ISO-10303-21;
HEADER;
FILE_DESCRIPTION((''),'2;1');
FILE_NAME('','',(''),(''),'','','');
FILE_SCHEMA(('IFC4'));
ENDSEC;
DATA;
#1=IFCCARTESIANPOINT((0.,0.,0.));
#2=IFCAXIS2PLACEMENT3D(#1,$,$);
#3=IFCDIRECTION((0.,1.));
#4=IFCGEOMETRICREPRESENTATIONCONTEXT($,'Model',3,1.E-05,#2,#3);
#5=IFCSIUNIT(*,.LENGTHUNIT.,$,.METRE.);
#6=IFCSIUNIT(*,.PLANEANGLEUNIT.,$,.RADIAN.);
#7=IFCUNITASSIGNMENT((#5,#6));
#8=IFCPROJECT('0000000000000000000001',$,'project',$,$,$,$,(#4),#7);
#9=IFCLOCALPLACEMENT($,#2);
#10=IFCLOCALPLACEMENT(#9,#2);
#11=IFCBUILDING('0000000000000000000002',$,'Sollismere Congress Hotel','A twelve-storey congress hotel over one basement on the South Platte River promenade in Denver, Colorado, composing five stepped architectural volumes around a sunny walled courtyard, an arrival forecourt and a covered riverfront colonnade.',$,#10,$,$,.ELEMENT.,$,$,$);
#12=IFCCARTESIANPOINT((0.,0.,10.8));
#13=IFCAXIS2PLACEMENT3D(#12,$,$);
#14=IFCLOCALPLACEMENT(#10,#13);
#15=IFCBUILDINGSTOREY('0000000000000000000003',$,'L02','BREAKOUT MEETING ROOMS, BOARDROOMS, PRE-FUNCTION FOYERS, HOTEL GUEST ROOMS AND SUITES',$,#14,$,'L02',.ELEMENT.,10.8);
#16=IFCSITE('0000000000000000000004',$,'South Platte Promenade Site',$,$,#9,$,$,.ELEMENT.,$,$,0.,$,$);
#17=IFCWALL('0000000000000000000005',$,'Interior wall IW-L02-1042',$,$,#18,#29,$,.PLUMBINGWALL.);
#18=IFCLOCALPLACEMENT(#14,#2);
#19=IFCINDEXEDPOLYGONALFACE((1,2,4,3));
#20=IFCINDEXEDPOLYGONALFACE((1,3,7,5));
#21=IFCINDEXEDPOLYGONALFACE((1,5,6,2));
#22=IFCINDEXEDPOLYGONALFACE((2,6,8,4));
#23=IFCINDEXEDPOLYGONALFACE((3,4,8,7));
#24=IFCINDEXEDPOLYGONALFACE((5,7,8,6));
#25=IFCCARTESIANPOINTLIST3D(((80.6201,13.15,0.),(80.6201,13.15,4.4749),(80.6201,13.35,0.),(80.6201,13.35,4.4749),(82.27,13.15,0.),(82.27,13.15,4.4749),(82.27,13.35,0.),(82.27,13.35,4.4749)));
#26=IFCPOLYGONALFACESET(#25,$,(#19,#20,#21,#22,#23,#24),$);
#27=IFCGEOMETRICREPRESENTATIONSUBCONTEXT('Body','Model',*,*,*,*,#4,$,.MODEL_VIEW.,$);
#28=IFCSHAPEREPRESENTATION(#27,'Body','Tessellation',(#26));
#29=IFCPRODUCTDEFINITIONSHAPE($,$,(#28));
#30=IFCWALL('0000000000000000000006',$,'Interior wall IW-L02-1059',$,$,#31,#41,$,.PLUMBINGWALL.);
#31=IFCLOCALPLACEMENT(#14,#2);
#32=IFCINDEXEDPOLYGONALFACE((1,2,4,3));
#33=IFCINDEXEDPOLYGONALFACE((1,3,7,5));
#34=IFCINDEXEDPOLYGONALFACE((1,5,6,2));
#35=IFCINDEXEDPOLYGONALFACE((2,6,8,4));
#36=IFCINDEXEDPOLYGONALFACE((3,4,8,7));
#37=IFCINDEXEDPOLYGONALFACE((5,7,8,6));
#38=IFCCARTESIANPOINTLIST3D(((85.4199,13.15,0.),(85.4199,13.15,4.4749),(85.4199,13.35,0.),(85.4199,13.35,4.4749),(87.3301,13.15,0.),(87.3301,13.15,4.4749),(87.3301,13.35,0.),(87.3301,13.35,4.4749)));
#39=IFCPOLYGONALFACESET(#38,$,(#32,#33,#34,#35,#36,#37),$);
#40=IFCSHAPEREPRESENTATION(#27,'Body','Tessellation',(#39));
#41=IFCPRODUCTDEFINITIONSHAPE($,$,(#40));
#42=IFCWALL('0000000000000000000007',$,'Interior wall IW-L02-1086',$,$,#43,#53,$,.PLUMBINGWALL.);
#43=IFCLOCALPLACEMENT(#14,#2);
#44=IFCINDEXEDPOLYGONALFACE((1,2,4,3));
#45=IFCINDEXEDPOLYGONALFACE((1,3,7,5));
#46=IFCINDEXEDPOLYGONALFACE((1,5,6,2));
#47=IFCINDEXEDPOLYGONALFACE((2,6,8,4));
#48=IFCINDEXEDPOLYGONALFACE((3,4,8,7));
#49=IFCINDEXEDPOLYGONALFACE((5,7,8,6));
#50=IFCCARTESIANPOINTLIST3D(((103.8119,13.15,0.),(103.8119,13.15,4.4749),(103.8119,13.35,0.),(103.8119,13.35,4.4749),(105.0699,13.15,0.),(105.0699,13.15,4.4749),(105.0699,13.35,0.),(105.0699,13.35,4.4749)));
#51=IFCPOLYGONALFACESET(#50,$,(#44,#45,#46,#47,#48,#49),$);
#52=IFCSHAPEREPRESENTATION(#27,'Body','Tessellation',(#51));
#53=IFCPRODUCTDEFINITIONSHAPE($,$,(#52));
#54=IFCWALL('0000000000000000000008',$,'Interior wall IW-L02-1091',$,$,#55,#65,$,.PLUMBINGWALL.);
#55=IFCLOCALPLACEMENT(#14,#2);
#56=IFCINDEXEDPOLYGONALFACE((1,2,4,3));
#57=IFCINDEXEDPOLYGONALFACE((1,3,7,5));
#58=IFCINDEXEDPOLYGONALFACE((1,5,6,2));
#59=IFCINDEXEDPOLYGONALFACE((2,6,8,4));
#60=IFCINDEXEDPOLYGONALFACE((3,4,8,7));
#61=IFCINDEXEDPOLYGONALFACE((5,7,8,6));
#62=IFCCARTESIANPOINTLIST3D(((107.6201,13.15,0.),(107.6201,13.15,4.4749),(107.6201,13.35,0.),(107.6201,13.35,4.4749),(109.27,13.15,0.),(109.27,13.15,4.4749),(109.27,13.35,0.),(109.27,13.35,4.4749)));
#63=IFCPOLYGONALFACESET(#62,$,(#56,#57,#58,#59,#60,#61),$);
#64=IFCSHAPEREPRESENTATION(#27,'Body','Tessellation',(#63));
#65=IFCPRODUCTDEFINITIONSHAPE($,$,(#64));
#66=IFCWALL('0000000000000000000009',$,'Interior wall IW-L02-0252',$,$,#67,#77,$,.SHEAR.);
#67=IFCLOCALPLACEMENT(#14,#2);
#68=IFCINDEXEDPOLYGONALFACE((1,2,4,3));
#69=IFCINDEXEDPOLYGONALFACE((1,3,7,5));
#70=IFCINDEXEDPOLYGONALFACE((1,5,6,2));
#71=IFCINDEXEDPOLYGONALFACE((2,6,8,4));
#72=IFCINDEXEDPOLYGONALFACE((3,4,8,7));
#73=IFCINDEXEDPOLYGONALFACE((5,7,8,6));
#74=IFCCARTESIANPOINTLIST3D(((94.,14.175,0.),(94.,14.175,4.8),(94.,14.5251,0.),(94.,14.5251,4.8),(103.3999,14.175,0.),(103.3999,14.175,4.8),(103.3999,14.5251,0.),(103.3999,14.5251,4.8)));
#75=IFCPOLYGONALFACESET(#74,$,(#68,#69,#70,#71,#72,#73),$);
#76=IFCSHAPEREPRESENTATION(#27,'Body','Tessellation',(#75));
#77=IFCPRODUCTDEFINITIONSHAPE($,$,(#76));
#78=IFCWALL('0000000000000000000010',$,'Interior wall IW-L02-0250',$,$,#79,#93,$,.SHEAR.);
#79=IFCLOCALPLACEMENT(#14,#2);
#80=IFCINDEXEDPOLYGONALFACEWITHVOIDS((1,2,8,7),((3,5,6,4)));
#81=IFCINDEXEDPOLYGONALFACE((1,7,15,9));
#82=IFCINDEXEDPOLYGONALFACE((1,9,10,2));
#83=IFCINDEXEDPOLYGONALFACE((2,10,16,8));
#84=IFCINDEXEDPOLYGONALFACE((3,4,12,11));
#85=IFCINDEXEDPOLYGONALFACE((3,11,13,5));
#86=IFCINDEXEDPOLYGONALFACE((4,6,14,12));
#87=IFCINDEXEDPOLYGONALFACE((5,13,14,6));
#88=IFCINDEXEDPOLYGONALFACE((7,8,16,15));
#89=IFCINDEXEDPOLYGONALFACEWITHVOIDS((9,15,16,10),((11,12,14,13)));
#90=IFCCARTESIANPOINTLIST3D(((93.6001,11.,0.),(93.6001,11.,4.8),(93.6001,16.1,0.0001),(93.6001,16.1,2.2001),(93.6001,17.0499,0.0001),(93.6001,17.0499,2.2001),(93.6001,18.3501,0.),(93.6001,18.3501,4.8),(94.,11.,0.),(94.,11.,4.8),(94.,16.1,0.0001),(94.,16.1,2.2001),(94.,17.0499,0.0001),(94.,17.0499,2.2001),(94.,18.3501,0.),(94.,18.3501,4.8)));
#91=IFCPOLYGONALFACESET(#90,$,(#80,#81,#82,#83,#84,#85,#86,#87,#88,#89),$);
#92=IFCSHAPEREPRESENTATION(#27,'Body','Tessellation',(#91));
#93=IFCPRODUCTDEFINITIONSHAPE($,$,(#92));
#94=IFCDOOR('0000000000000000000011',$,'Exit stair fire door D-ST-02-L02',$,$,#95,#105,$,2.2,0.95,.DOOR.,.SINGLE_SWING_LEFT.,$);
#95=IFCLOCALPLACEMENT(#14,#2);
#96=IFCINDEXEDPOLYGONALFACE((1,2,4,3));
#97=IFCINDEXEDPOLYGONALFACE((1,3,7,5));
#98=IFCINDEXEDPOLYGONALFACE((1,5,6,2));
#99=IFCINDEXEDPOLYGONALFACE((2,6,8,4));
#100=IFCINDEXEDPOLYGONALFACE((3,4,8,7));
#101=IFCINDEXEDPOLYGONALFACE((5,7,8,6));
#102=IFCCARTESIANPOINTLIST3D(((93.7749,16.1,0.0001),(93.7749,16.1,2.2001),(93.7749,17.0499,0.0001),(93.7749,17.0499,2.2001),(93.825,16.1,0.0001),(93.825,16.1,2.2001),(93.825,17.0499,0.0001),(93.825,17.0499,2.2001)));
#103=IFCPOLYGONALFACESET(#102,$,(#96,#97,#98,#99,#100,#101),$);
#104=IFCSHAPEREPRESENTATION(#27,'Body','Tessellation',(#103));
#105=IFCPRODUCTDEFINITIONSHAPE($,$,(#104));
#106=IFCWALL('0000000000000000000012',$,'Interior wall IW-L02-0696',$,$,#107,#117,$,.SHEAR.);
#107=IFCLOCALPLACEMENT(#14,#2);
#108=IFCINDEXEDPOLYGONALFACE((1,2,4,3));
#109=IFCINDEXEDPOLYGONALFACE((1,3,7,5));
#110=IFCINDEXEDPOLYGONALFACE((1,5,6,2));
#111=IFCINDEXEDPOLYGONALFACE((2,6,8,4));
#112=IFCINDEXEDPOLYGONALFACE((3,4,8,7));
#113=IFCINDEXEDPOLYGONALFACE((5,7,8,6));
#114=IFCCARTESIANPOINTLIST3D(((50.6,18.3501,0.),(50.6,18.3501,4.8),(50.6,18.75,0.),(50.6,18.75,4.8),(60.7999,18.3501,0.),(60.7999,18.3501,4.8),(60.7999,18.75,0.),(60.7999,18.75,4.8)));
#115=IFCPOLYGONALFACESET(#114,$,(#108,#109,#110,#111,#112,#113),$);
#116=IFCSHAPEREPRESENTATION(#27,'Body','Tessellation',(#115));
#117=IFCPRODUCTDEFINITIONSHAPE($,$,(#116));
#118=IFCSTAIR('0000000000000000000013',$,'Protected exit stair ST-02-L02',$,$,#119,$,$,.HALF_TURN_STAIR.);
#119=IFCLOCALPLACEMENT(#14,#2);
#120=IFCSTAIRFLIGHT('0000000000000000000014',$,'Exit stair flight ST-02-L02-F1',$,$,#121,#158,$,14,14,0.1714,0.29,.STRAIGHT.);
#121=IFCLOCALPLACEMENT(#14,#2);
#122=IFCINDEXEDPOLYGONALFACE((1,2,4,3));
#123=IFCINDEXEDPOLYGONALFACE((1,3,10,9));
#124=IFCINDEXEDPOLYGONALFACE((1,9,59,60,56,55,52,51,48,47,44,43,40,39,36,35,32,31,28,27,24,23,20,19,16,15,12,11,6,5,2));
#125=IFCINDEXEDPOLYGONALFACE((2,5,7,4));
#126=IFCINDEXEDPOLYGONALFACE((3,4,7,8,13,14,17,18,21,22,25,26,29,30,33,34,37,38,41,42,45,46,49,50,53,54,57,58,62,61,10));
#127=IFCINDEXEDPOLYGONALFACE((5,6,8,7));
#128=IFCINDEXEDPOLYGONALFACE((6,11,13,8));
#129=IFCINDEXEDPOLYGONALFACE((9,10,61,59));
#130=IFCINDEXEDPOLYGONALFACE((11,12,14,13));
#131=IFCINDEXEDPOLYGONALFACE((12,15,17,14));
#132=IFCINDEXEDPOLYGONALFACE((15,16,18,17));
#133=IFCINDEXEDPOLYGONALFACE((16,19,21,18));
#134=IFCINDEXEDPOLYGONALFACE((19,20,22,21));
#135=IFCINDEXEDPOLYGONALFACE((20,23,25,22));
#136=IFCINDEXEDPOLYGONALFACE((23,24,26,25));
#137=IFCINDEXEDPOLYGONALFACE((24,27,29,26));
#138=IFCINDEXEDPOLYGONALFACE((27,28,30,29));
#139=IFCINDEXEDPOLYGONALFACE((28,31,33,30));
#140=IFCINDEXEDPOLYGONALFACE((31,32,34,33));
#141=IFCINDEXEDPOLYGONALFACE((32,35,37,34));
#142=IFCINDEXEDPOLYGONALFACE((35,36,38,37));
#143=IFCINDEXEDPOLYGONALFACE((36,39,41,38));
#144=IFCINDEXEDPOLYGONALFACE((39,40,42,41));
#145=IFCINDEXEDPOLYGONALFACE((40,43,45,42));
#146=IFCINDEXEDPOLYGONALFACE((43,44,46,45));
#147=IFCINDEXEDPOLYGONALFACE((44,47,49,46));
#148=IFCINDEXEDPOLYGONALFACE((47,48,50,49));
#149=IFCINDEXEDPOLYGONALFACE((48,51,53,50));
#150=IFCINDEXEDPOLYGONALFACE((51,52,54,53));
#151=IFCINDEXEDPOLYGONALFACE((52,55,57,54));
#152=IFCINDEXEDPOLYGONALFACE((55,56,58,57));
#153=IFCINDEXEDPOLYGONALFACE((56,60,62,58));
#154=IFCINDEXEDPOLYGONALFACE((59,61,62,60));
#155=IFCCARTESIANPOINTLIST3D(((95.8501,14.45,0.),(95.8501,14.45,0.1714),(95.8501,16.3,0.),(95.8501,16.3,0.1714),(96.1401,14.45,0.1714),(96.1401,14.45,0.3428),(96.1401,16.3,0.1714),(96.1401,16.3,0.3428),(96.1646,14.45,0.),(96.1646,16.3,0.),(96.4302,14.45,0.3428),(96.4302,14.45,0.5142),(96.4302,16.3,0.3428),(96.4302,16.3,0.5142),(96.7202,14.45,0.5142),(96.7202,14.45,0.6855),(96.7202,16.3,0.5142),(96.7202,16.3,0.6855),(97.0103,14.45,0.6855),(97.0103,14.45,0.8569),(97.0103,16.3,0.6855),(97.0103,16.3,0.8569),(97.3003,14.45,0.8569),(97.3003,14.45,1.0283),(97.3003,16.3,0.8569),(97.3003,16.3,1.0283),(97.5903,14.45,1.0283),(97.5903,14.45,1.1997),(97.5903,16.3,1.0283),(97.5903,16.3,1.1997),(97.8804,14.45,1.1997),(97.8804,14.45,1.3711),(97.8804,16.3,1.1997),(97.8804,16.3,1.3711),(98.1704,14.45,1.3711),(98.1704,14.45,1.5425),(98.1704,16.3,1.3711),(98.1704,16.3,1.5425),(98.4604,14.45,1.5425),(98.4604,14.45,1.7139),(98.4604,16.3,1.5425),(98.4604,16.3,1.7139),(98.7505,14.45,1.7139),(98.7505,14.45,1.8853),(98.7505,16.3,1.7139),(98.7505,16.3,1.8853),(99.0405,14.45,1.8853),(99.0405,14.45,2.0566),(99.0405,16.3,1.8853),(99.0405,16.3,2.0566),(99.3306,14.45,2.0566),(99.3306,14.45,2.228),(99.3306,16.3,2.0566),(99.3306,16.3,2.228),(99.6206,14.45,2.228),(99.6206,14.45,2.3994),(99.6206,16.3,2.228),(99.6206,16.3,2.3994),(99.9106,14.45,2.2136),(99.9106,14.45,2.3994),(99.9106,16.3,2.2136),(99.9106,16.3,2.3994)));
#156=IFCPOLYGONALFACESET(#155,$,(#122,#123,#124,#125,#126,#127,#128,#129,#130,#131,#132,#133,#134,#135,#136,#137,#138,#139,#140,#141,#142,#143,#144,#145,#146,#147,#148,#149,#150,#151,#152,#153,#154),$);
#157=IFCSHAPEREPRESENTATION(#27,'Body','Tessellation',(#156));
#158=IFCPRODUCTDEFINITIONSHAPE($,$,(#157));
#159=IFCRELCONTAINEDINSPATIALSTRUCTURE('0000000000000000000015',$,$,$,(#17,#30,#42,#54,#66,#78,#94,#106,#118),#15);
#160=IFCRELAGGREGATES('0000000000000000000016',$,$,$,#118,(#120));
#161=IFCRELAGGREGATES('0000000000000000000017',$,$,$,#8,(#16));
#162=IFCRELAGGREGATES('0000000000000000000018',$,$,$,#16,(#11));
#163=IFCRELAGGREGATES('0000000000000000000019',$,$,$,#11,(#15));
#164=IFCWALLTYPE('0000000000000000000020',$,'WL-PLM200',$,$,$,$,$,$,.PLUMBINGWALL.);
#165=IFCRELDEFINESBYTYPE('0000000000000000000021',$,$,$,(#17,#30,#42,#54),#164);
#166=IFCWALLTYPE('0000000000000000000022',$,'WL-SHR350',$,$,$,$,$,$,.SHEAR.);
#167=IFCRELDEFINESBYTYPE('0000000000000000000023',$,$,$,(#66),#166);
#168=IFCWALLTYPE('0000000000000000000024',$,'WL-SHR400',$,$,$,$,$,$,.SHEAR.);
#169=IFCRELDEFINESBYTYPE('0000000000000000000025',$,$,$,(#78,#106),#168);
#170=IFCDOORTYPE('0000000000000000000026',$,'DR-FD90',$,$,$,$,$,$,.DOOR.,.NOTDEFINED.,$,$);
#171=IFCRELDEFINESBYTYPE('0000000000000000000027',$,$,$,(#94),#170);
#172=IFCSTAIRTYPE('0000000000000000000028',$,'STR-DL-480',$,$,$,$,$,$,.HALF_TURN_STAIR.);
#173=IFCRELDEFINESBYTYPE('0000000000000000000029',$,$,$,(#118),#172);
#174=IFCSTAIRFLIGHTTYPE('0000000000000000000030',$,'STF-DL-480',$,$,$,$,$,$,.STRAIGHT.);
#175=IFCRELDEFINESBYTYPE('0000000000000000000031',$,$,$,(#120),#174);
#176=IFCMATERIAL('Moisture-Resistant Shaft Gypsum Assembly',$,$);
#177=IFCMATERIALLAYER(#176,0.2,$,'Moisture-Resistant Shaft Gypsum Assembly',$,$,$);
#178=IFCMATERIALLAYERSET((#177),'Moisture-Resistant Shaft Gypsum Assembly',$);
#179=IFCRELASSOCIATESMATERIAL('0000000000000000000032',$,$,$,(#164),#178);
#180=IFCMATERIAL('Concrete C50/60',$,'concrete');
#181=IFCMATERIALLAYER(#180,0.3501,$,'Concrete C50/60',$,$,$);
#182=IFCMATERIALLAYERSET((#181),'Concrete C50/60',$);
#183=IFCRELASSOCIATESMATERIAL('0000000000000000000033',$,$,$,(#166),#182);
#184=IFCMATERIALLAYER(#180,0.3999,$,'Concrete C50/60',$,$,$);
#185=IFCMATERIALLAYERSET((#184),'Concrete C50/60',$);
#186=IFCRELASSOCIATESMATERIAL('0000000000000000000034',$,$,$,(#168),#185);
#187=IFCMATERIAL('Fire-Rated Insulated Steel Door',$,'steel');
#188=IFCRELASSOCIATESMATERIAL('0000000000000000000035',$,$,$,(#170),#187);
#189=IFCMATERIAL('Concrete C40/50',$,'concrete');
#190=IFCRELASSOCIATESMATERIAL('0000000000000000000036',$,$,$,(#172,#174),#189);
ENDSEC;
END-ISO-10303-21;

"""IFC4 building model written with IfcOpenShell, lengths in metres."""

from ifc_helpers import new_model, si_unit, direction, frame, frame_2d, origin, place, context, subcontext, project, spatial, polyline, rectangle, outline, extrude, material, layer, layer_set, type_object, element, fill, aggregate, save


model = new_model("IFC4")

# Units and contexts
model_context = context("Model", 3, precision=1e-05, world=origin(), true_north=direction((0.0, 1.0)))
body_context = subcontext(model_context, "Body", "Model", "MODEL_VIEW")
ifc_project = project(units=[si_unit("LENGTHUNIT", "METRE"), si_unit("PLANEANGLEUNIT", "RADIAN")], contexts=[model_context])

# Site, building, storey
site_placement = place(None, origin())
site = spatial("IfcSite", under=ifc_project, at=site_placement, Name="South Platte Promenade Site", CompositionType="ELEMENT", RefElevation=0.0)
building_placement = place(site_placement, origin())
building = spatial("IfcBuilding", under=site, at=building_placement, Name="Sollismere Congress Hotel", Description="A twelve-storey congress hotel over one basement on the South Platte River promenade in Denver, Colorado, composing five stepped architectural volumes around a sunny walled courtyard, an arrival forecourt and a covered riverfront colonnade.", CompositionType="ELEMENT")
storey_placement = place(building_placement, frame((0.0, 0.0, 10.8)))
storey = spatial("IfcBuildingStorey", under=building, at=storey_placement, Name="L02", Description="BREAKOUT MEETING ROOMS, BOARDROOMS, PRE-FUNCTION FOYERS, HOTEL GUEST ROOMS AND SUITES", LongName="L02", CompositionType="ELEMENT", Elevation=10.8)

# Walls
ifc_material_1 = material(Name="Moisture-Resistant Shaft Gypsum Assembly")
ifc_layer_1 = layer(ifc_material_1, 0.2, Name="Moisture-Resistant Shaft Gypsum Assembly")
ifc_layer_set_1 = layer_set([ifc_layer_1], Name="Moisture-Resistant Shaft Gypsum Assembly")
wall_type_1 = type_object("IfcWallType", Name="WL-PLM200", PredefinedType="PLUMBINGWALL", material=ifc_layer_set_1)
wall_1_placement = place(storey_placement, frame((80.6201, 13.25, 0.0), z_axis=(0.0, 0.0, 1.0), x_axis=(1.0, 0.0, 0.0)))
element("IfcWall", 1, at=wall_1_placement, inside=storey, type_object=wall_type_1, Name="Interior wall IW-L02-1042", PredefinedType="PLUMBINGWALL", context=body_context, shape_type="SweptSolid", body=[
    extrude(rectangle(XDim=1.6499, YDim=0.2, at=frame_2d((0.825, 0.0))), origin(), (0.0, 0.0, 1.0), 4.4749),
])
wall_2_placement = place(storey_placement, frame((85.4199, 13.25, 0.0), z_axis=(0.0, 0.0, 1.0), x_axis=(1.0, 0.0, 0.0)))
element("IfcWall", 2, at=wall_2_placement, inside=storey, type_object=wall_type_1, Name="Interior wall IW-L02-1059", PredefinedType="PLUMBINGWALL", context=body_context, shape_type="SweptSolid", body=[
    extrude(rectangle(XDim=1.9102, YDim=0.2, at=frame_2d((0.9551, 0.0))), origin(), (0.0, 0.0, 1.0), 4.4749),
])
wall_3_placement = place(storey_placement, frame((103.812, 13.25, 0.0), z_axis=(0.0, 0.0, 1.0), x_axis=(1.0, 0.0, 0.0)))
element("IfcWall", 3, at=wall_3_placement, inside=storey, type_object=wall_type_1, Name="Interior wall IW-L02-1086", PredefinedType="PLUMBINGWALL", context=body_context, shape_type="SweptSolid", body=[
    extrude(rectangle(XDim=1.2581, YDim=0.2, at=frame_2d((0.6289, 0.0))), origin(), (0.0, 0.0, 1.0), 4.4749),
])
wall_4_placement = place(storey_placement, frame((107.6201, 13.25, 0.0), z_axis=(0.0, 0.0, 1.0), x_axis=(1.0, 0.0, 0.0)))
element("IfcWall", 4, at=wall_4_placement, inside=storey, type_object=wall_type_1, Name="Interior wall IW-L02-1091", PredefinedType="PLUMBINGWALL", context=body_context, shape_type="SweptSolid", body=[
    extrude(rectangle(XDim=1.6499, YDim=0.2, at=frame_2d((0.825, 0.0))), origin(), (0.0, 0.0, 1.0), 4.4749),
])
ifc_material_2 = material(Name="Concrete C50/60", Category="concrete")
ifc_layer_2 = layer(ifc_material_2, 0.3501, Name="Concrete C50/60")
ifc_layer_set_2 = layer_set([ifc_layer_2], Name="Concrete C50/60")
wall_type_2 = type_object("IfcWallType", Name="WL-SHR350", PredefinedType="SHEAR", material=ifc_layer_set_2)
wall_5_placement = place(storey_placement, frame((94.0, 14.3501, 0.0), z_axis=(0.0, 0.0, 1.0), x_axis=(1.0, 0.0, 0.0)))
element("IfcWall", 5, at=wall_5_placement, inside=storey, type_object=wall_type_2, Name="Interior wall IW-L02-0252", PredefinedType="SHEAR", context=body_context, shape_type="SweptSolid", body=[
    extrude(rectangle(XDim=9.3999, YDim=0.3501, at=frame_2d((4.7, 0.0))), origin(), (0.0, 0.0, 1.0), 4.8),
])

# Wall, opening, door
ifc_layer_3 = layer(ifc_material_2, 0.3999, Name="Concrete C50/60")
ifc_layer_set_3 = layer_set([ifc_layer_3], Name="Concrete C50/60")
wall_type_3 = type_object("IfcWallType", Name="WL-SHR400", PredefinedType="SHEAR", material=ifc_layer_set_3)
wall_6_placement = place(storey_placement, frame((93.8, 18.3501, 0.0), z_axis=(0.0, 0.0, 1.0), x_axis=(0.0, -1.0, 0.0)))
wall_6 = element("IfcWall", 6, at=wall_6_placement, inside=storey, type_object=wall_type_3, Name="Interior wall IW-L02-0250", PredefinedType="SHEAR", context=body_context, shape_type="SweptSolid", body=[
    extrude(rectangle(XDim=7.3501, YDim=0.3999, at=frame_2d((3.675, 0.0))), origin(), (0.0, 0.0, 1.0), 4.8),
])
opening_placement = place(wall_6_placement, frame((1.3, 0.0, 0.0)))
opening = element("IfcOpeningElement", 7, at=opening_placement, cuts=wall_6, PredefinedType="OPENING", context=body_context, shape_type="SweptSolid", body=[
    extrude(rectangle(XDim=0.95, YDim=2.2, at=frame_2d((0.4751, 1.1001))), frame((0.0, 0.21, 0.0), z_axis=(0.0, -1.0, 0.0), x_axis=(1.0, 0.0, 0.0)), (0.0, 0.0, 1.0), 0.4199),
])
ifc_material_3 = material(Name="Fire-Rated Insulated Steel Door", Category="steel")
door_type = type_object("IfcDoorType", Name="DR-FD90", OperationType="NOTDEFINED", PredefinedType="DOOR", material=ifc_material_3)
door_placement = place(opening_placement, origin())
door = element("IfcDoor", 8, at=door_placement, inside=storey, type_object=door_type, Name="Exit stair fire door D-ST-02-L02", OperationType="SINGLE_SWING_LEFT", OverallHeight=2.2, OverallWidth=0.95, PredefinedType="DOOR", context=body_context, shape_type="SweptSolid", body=[
    extrude(rectangle(XDim=0.95, YDim=2.2, at=frame_2d((0.4751, 1.1001))), frame((0.0, 0.0249, 0.0), z_axis=(0.0, -1.0, 0.0), x_axis=(1.0, 0.0, 0.0)), (0.0, 0.0, 1.0), 0.05),
])
fill(opening, door)

# Wall
wall_7_placement = place(storey_placement, frame((60.8, 18.55, 0.0), z_axis=(0.0, 0.0, 1.0), x_axis=(-1.0, 0.0, 0.0)))
element("IfcWall", 9, at=wall_7_placement, inside=storey, type_object=wall_type_3, Name="Interior wall IW-L02-0696", PredefinedType="SHEAR", context=body_context, shape_type="SweptSolid", body=[
    extrude(rectangle(XDim=10.2, YDim=0.3999, at=frame_2d((5.1001, 0.0))), origin(), (0.0, 0.0, 1.0), 4.8),
])

# Stair, stair flight
ifc_material_4 = material(Name="Concrete C40/50", Category="concrete")
stair_type = type_object("IfcStairType", Name="STR-DL-480", PredefinedType="HALF_TURN_STAIR", material=ifc_material_4)
stair_placement = place(storey_placement, origin())
stair = element("IfcStair", 10, at=stair_placement, inside=storey, type_object=stair_type, Name="Protected exit stair ST-02-L02", PredefinedType="HALF_TURN_STAIR")
stair_flight_type = type_object("IfcStairFlightType", Name="STF-DL-480", PredefinedType="STRAIGHT", material=ifc_material_4)
stair_flight_1_placement = place(storey_placement, frame((95.8501, 15.375, 0.0), z_axis=(0.0, 0.0, 1.0), x_axis=(1.0, 0.0, 0.0)))
stair_flight_1 = element("IfcStairFlight", 11, at=stair_flight_1_placement, type_object=stair_flight_type, Name="Exit stair flight ST-02-L02-F1", NumberOfRisers=14, NumberOfTreads=14, PredefinedType="STRAIGHT", RiserHeight=0.1714, TreadLength=0.29, context=body_context, shape_type="SweptSolid", body=[
    extrude(outline(polyline([(0.0, 0.0), (0.0, 0.1714), (0.29, 0.1714), (0.29, 0.3428), (0.5801, 0.3428), (0.5801, 0.5142), (0.8701, 0.5142), (0.8701, 0.6855), (1.1602, 0.6855), (1.1602, 0.8569), (1.4502, 0.8569), (1.4502, 1.0283), (1.7402, 1.0283), (1.7402, 1.1997), (2.0303, 1.1997), (2.0303, 1.3711), (2.3203, 1.3711), (2.3203, 1.5425), (2.6104, 1.5425), (2.6104, 1.7139), (2.9004, 1.7139), (2.9004, 1.8853), (3.1904, 1.8853), (3.1904, 2.0566), (3.4805, 2.0566), (3.4805, 2.228), (3.7705, 2.228), (3.7705, 2.3994), (4.0605, 2.3994), (4.0605, 2.2136), (0.3145, 0.0), (0.0, 0.0)])), frame((0.0, 0.925, 0.0), z_axis=(0.0, -1.0, 0.0), x_axis=(1.0, 0.0, 0.0)), (0.0, 0.0, 1.0), 1.8501),
])
aggregate(stair, [stair_flight_1])

save(model, "model.ifc")
